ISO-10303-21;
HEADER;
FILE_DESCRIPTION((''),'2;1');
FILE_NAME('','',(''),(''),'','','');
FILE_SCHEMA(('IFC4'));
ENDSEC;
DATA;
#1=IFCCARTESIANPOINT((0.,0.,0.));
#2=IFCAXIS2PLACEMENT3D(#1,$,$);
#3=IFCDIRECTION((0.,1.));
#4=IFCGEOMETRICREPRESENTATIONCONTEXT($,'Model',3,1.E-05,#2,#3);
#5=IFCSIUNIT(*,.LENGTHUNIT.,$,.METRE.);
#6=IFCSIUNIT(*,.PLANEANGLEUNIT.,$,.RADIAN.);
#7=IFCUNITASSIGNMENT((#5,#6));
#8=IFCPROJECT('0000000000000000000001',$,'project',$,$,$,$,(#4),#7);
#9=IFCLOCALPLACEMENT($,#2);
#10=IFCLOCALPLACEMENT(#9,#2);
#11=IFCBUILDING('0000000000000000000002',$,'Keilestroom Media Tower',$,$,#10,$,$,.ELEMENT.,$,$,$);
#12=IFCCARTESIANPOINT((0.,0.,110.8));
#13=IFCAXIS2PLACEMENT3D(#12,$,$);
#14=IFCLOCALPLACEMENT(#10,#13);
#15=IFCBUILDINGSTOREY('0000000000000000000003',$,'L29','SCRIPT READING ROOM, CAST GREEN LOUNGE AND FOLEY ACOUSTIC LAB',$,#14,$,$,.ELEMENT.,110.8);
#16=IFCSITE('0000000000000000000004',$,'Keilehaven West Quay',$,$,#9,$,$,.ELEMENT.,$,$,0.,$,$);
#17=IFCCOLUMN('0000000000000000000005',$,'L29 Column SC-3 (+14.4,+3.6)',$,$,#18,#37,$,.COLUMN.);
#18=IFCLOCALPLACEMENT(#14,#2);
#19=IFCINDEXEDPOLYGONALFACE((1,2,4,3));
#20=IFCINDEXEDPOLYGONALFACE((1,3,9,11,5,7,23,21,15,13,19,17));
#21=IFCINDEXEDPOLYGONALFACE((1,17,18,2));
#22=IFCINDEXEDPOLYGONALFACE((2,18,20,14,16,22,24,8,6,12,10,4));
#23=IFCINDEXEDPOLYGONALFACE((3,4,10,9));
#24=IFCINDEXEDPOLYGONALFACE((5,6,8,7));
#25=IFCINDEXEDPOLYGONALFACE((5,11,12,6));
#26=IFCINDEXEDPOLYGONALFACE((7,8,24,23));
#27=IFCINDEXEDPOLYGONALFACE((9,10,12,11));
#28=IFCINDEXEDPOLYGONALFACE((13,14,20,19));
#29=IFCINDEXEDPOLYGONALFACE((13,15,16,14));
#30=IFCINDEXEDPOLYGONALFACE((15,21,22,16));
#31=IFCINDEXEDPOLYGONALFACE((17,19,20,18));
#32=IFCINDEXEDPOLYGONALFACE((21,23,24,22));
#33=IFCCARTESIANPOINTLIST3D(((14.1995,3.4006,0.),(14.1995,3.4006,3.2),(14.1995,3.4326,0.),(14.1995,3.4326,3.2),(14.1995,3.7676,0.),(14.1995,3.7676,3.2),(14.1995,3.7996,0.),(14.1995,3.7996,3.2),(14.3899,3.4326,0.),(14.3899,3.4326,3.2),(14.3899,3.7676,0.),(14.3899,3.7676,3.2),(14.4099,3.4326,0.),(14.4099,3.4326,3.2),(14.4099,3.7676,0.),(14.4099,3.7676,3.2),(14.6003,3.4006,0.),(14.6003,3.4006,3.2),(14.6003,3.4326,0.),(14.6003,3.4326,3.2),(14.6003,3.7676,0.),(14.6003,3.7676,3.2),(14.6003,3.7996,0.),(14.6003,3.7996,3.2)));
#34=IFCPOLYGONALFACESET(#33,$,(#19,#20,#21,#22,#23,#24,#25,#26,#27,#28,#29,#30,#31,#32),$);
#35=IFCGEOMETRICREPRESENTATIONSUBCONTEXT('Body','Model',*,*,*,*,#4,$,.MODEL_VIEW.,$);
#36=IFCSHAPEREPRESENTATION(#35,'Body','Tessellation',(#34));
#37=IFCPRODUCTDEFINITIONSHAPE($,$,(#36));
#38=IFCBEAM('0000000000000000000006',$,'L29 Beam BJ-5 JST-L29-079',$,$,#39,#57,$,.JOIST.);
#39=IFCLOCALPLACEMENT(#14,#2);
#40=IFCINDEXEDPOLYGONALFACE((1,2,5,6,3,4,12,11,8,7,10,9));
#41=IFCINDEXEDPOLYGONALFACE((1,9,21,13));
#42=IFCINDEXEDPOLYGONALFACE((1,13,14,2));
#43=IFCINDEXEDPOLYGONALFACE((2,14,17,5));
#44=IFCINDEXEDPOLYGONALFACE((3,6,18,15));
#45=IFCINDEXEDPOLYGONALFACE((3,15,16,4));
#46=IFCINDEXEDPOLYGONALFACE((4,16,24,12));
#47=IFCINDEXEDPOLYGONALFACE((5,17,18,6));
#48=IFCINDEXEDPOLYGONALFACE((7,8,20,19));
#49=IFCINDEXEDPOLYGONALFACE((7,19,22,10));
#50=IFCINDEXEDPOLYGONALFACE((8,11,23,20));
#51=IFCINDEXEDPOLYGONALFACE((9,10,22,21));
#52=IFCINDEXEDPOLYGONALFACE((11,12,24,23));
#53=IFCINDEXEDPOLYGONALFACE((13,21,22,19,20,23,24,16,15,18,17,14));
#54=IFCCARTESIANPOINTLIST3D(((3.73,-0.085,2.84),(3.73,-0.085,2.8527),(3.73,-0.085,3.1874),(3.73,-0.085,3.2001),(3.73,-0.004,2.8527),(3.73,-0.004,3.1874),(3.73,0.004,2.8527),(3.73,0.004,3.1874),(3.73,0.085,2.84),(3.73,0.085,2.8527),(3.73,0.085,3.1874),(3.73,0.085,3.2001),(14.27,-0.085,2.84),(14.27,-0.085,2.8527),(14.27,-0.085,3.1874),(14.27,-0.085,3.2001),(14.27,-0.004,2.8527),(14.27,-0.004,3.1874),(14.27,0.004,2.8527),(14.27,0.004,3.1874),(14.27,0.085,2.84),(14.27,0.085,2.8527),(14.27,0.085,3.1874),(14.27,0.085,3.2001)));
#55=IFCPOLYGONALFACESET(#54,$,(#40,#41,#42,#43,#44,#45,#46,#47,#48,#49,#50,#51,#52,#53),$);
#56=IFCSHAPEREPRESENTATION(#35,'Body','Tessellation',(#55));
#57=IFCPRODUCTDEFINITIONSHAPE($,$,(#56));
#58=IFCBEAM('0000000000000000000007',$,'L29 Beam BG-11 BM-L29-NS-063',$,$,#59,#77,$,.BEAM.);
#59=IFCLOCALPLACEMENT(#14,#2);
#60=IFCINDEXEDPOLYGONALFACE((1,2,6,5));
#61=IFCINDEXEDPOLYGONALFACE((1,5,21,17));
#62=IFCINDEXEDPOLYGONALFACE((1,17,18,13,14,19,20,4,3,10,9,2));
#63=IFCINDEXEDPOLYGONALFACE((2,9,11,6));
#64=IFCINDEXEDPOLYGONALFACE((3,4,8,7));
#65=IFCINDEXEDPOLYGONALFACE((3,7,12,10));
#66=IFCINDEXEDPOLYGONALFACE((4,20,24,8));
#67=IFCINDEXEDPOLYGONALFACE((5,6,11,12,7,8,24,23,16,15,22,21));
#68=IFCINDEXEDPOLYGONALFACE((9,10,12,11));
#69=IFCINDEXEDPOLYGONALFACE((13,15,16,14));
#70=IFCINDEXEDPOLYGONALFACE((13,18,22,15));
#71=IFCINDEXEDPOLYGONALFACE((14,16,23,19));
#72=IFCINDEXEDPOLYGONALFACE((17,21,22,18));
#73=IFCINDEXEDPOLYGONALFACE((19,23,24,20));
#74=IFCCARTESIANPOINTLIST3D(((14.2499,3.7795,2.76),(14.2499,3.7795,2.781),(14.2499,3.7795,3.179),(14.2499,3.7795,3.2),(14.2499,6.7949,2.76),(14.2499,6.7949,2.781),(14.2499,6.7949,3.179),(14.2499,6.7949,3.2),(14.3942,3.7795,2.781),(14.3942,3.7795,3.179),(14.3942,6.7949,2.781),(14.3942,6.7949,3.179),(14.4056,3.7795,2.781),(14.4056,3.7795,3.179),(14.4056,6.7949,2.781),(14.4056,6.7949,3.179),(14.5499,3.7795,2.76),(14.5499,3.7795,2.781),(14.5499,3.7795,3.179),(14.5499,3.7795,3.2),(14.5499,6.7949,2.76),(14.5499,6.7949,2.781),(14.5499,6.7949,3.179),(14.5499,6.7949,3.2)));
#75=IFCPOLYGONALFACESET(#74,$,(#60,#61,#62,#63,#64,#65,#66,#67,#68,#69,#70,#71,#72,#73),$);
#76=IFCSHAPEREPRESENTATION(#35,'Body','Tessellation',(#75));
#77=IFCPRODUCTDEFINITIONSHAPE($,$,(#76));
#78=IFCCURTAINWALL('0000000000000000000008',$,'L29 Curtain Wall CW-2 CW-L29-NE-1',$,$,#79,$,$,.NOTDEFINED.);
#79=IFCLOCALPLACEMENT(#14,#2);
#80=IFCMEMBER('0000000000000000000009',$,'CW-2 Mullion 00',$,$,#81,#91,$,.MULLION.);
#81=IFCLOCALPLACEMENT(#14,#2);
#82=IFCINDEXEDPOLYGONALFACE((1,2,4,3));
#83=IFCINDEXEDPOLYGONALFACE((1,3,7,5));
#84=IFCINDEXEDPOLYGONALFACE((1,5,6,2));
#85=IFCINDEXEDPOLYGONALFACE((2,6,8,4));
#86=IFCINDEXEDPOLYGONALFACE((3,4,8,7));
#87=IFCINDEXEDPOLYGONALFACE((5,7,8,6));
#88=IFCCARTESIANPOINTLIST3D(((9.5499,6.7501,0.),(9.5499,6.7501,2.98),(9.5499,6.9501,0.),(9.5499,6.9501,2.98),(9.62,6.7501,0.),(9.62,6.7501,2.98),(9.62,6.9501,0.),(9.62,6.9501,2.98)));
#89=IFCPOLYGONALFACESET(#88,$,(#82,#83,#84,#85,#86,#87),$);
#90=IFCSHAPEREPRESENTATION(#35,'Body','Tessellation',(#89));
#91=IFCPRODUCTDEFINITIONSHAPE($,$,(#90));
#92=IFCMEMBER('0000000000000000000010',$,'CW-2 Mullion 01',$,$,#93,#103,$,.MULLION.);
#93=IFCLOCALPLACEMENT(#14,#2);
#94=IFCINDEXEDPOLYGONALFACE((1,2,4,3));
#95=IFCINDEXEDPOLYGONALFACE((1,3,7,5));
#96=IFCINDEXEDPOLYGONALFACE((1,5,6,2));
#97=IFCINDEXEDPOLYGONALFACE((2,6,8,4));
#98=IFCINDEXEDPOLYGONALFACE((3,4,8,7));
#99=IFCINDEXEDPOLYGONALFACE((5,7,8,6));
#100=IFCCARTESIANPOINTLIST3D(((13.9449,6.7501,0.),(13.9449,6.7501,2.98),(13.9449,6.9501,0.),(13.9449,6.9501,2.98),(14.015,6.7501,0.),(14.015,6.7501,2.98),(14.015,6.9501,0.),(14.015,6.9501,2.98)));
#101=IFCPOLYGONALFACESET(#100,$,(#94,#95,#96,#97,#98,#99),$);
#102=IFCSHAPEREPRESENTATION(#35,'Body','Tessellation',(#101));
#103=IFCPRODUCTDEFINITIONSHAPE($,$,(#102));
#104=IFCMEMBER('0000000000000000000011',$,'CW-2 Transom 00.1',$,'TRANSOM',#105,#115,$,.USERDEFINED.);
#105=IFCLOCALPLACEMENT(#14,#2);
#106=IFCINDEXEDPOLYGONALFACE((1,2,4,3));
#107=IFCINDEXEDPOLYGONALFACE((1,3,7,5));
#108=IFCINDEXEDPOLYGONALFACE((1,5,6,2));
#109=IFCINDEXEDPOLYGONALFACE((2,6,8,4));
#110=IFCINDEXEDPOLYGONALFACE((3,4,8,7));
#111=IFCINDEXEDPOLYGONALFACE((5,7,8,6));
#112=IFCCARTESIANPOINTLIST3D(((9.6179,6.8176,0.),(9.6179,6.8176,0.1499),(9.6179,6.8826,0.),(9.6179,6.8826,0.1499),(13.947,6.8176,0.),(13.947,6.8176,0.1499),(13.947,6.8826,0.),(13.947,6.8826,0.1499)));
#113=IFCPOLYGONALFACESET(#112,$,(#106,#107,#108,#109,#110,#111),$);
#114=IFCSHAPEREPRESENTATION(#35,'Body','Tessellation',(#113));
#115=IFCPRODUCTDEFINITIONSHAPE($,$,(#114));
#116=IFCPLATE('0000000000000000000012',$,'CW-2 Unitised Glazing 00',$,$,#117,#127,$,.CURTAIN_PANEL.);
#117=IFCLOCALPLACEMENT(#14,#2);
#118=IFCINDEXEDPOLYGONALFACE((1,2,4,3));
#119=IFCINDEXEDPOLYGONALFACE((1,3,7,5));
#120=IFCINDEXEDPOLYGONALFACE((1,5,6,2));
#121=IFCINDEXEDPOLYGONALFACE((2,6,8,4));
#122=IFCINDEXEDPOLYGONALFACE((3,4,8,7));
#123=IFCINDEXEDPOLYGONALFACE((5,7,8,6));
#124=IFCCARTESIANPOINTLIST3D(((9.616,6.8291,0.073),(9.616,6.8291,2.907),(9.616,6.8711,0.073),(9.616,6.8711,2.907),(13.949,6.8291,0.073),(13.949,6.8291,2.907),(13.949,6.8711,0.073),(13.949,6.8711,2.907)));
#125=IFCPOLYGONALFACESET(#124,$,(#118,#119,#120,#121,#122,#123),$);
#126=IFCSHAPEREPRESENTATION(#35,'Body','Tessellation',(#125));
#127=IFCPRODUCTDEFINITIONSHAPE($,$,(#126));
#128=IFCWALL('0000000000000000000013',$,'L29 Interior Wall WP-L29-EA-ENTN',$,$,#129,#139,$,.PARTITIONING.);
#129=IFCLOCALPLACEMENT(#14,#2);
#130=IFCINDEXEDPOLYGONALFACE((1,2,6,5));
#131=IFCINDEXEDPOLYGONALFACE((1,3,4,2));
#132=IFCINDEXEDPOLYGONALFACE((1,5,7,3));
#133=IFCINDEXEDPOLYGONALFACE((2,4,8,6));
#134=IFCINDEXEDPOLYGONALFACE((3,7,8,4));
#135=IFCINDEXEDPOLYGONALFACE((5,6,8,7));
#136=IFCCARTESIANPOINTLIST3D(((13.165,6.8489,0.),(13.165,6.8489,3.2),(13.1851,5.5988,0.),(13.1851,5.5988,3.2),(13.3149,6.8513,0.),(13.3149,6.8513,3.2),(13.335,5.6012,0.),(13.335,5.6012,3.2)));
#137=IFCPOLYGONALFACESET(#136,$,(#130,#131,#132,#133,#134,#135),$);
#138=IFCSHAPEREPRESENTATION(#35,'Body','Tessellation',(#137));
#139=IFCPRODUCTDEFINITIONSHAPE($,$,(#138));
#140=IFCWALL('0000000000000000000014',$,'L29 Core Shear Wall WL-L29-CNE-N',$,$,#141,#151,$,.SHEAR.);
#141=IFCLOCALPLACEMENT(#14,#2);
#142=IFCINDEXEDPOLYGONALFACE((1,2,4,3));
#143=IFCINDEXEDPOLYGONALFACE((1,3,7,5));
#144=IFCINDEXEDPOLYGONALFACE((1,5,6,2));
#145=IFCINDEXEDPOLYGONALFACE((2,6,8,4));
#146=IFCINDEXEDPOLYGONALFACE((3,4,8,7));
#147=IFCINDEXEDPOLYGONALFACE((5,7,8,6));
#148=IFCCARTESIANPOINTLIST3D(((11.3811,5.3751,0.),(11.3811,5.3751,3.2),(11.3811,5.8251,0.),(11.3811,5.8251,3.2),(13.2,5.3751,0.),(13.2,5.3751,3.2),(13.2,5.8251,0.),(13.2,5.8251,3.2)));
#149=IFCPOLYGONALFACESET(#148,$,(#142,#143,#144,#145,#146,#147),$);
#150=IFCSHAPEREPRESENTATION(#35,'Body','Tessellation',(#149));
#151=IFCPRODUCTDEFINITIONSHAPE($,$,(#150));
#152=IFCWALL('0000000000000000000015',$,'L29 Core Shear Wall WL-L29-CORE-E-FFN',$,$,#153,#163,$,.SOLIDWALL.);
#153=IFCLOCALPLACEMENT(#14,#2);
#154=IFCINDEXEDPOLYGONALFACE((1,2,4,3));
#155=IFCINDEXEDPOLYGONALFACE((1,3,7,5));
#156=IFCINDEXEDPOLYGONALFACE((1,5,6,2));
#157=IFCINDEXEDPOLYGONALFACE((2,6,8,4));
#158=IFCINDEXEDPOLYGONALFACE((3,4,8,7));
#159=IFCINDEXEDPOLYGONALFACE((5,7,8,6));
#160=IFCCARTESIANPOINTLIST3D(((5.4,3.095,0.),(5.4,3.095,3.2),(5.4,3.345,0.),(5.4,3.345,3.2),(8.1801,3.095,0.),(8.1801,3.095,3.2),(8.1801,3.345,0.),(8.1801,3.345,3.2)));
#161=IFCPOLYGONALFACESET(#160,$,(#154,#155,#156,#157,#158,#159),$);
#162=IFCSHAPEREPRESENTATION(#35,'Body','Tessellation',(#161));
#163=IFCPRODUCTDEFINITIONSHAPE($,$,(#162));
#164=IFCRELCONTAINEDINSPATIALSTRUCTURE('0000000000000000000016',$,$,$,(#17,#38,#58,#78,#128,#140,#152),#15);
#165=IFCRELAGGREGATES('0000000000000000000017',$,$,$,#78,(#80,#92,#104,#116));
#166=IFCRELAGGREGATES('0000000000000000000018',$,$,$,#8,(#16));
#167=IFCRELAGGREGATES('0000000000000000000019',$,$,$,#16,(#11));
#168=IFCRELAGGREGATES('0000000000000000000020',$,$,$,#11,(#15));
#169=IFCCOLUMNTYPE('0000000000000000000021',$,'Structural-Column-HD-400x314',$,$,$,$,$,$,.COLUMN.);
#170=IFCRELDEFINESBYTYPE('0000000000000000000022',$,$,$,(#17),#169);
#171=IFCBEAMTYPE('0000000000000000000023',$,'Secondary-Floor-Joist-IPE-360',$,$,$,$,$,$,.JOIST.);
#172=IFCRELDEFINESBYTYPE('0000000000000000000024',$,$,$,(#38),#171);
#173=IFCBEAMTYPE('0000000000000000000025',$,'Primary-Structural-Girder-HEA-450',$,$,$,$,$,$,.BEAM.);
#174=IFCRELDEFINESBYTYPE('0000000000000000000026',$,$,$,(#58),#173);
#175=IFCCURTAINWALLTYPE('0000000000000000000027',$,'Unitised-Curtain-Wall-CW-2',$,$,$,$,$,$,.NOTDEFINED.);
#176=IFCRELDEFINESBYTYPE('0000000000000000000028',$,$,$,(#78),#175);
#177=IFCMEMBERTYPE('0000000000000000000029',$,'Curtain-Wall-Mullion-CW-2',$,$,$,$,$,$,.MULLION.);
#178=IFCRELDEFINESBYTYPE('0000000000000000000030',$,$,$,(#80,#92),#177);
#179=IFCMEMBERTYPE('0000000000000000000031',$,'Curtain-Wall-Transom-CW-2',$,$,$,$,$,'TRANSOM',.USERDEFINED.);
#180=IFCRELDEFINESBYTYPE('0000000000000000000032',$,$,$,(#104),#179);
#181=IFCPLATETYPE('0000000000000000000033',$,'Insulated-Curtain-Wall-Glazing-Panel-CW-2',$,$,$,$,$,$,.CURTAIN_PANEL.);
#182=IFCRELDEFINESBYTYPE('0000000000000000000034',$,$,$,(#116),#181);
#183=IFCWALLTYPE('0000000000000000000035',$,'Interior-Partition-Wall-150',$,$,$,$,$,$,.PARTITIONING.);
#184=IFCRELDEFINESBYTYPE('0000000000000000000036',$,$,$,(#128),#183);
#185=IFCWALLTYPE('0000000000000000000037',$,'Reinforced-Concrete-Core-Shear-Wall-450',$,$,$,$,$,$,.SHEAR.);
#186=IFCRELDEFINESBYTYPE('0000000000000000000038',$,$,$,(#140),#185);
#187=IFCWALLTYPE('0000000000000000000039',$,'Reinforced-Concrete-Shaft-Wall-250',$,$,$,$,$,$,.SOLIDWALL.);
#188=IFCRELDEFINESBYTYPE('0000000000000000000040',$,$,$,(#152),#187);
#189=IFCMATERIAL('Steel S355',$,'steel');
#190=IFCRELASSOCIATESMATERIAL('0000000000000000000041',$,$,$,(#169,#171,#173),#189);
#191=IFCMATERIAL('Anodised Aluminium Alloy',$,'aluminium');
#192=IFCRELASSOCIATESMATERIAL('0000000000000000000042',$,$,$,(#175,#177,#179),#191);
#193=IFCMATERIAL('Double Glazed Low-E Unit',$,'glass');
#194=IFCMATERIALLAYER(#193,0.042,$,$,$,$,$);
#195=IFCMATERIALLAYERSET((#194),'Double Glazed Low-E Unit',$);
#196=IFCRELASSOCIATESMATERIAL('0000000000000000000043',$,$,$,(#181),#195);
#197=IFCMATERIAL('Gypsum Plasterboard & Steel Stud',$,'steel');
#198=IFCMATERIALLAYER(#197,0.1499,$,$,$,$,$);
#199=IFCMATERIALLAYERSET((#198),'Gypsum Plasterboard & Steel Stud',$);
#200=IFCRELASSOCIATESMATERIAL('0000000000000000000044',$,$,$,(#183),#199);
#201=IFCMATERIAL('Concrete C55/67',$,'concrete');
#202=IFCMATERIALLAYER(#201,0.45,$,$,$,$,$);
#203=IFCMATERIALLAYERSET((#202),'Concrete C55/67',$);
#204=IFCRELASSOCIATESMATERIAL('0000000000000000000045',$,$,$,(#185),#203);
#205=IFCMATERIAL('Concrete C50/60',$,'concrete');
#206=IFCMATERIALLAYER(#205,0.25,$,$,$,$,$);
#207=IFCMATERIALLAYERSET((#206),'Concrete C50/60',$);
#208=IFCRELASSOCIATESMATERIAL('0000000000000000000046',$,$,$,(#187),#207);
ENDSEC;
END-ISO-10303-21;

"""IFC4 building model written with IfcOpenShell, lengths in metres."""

from ifc_helpers import new_model, si_unit, direction, frame, frame_2d, origin, origin_2d, place, context, subcontext, project, spatial, rectangle, i_section, extrude, source, transform, mapped, material, layer, layer_set, material_profile, profile_set, type_object, element, aggregate, save


model = new_model("IFC4")

# Units and contexts
model_context = context("Model", 3, precision=1e-05, world=origin(), true_north=direction((0.0, 1.0)))
body_context = subcontext(model_context, "Body", "Model", "MODEL_VIEW")
ifc_project = project(units=[si_unit("LENGTHUNIT", "METRE"), si_unit("PLANEANGLEUNIT", "RADIAN")], contexts=[model_context])

# Site, building, storey
site_placement = place(None, origin())
site = spatial("IfcSite", under=ifc_project, at=site_placement, Name="Keilehaven West Quay", CompositionType="ELEMENT", RefElevation=0.0)
building_placement = place(site_placement, origin())
building = spatial("IfcBuilding", under=site, at=building_placement, Name="Keilestroom Media Tower", CompositionType="ELEMENT")
storey_placement = place(building_placement, frame((0.0, 0.0, 110.8)))
storey = spatial("IfcBuildingStorey", under=building, at=storey_placement, Name="L29", Description="SCRIPT READING ROOM, CAST GREEN LOUNGE AND FOLEY ACOUSTIC LAB", CompositionType="ELEMENT", Elevation=110.8)

# Column
ifc_material_1 = material(Name="Steel S355", Category="steel")
ifc_material_profile_1 = material_profile(ifc_material_1, i_section(OverallWidth=0.4009, OverallDepth=0.3989, WebThickness=0.02, FlangeThickness=0.032, at=origin_2d()), Name="HD 400x314")
ifc_profile_set_1 = profile_set([ifc_material_profile_1], Name="Steel S355")
column_type = type_object("IfcColumnType", Name="Structural-Column-HD-400x314", PredefinedType="COLUMN", material=ifc_profile_set_1)
shared_shape_1 = source(origin(), body_context, "Body", "SweptSolid", [
    extrude(i_section(OverallWidth=0.4009, OverallDepth=0.3989, WebThickness=0.02, FlangeThickness=0.032, at=origin_2d()), origin(), (0.0, 0.0, 1.0), 3.2),
])
column_placement = place(storey_placement, frame((14.3999, 3.6001, 0.0), z_axis=(0.0, 0.0, 1.0), x_axis=(1.0, 0.0, 0.0)))
element("IfcColumn", 1, at=column_placement, inside=storey, type_object=column_type, Name="L29 Column SC-3 (+14.4,+3.6)", PredefinedType="COLUMN", context=body_context, shape_type="MappedRepresentation", body=[
    mapped(shared_shape_1, transform((0.0, 0.0, 0.0), x_axis=(1.0, 0.0, 0.0), y_axis=(0.0, 1.0, 0.0), z_axis=(0.0, 0.0, 1.0), scale=1.0)),
])

# Beams
ifc_material_profile_2 = material_profile(ifc_material_1, i_section(OverallWidth=0.1699, OverallDepth=0.3601, WebThickness=0.0081, FlangeThickness=0.0127, at=origin_2d()), Name="IPE 360")
ifc_profile_set_2 = profile_set([ifc_material_profile_2], Name="Steel S355")
beam_type_1 = type_object("IfcBeamType", Name="Secondary-Floor-Joist-IPE-360", PredefinedType="JOIST", material=ifc_profile_set_2)
shared_shape_2 = source(origin(), body_context, "Body", "SweptSolid", [
    extrude(i_section(OverallWidth=0.1699, OverallDepth=0.3601, WebThickness=0.0081, FlangeThickness=0.0127, at=origin_2d()), origin(), (0.0, 0.0, 1.0), 10.54),
])
beam_1_placement = place(storey_placement, frame((3.73, 0.0, 3.02), z_axis=(1.0, 0.0, 0.0), x_axis=(0.0, 1.0, 0.0)))
element("IfcBeam", 2, at=beam_1_placement, inside=storey, type_object=beam_type_1, Name="L29 Beam BJ-5 JST-L29-079", PredefinedType="JOIST", context=body_context, shape_type="MappedRepresentation", body=[
    mapped(shared_shape_2, transform((0.0, 0.0, 0.0), x_axis=(1.0, 0.0, 0.0), y_axis=(0.0, 1.0, 0.0), z_axis=(0.0, 0.0, 1.0), scale=1.0)),
])
ifc_material_profile_3 = material_profile(ifc_material_1, i_section(OverallWidth=0.3, OverallDepth=0.4399, WebThickness=0.0115, FlangeThickness=0.021, at=origin_2d()), Name="HEA 450")
ifc_profile_set_3 = profile_set([ifc_material_profile_3], Name="Steel S355")
beam_type_2 = type_object("IfcBeamType", Name="Primary-Structural-Girder-HEA-450", PredefinedType="BEAM", material=ifc_profile_set_3)
shared_shape_3 = source(origin(), body_context, "Body", "SweptSolid", [
    extrude(i_section(OverallWidth=0.3, OverallDepth=0.4399, WebThickness=0.0115, FlangeThickness=0.021, at=origin_2d()), origin(), (0.0, 0.0, 1.0), 3.0154),
])
beam_2_placement = place(storey_placement, frame((14.3999, 3.7795, 2.98), z_axis=(0.0, 1.0, 0.0), x_axis=(-1.0, 0.0, 0.0)))
element("IfcBeam", 3, at=beam_2_placement, inside=storey, type_object=beam_type_2, Name="L29 Beam BG-11 BM-L29-NS-063", PredefinedType="BEAM", context=body_context, shape_type="MappedRepresentation", body=[
    mapped(shared_shape_3, transform((0.0, 0.0, 0.0), x_axis=(1.0, 0.0, 0.0), y_axis=(0.0, 1.0, 0.0), z_axis=(0.0, 0.0, 1.0), scale=1.0)),
])

# Curtain wall, members, plate
ifc_material_2 = material(Name="Anodised Aluminium Alloy", Category="aluminium")
curtain_wall_type = type_object("IfcCurtainWallType", Name="Unitised-Curtain-Wall-CW-2", PredefinedType="NOTDEFINED", material=ifc_material_2)
curtain_wall_placement = place(storey_placement, origin())
curtain_wall = element("IfcCurtainWall", 4, at=curtain_wall_placement, inside=storey, type_object=curtain_wall_type, Name="L29 Curtain Wall CW-2 CW-L29-NE-1", PredefinedType="NOTDEFINED")
ifc_material_profile_4 = material_profile(ifc_material_2, rectangle(XDim=0.0701, YDim=0.2, at=origin_2d()), Name="ALU MULLION 70x200")
ifc_profile_set_4 = profile_set([ifc_material_profile_4], Name="Anodised Aluminium Alloy")
member_type_1 = type_object("IfcMemberType", Name="Curtain-Wall-Mullion-CW-2", PredefinedType="MULLION", material=ifc_profile_set_4)
shared_shape_4 = source(origin(), body_context, "Body", "SweptSolid", [
    extrude(rectangle(XDim=0.0701, YDim=0.2, at=origin_2d()), origin(), (0.0, 0.0, 1.0), 2.98),
])
member_1_placement = place(storey_placement, frame((9.585, 6.8501, 0.0), z_axis=(0.0, 0.0, 1.0), x_axis=(1.0, 0.0, 0.0)))
member_1 = element("IfcMember", 5, at=member_1_placement, type_object=member_type_1, Name="CW-2 Mullion 00", PredefinedType="MULLION", context=body_context, shape_type="MappedRepresentation", body=[
    mapped(shared_shape_4, transform((0.0, 0.0, 0.0), x_axis=(1.0, 0.0, 0.0), y_axis=(0.0, 1.0, 0.0), z_axis=(0.0, 0.0, 1.0), scale=1.0)),
])
member_2_placement = place(storey_placement, frame((13.98, 6.8501, 0.0), z_axis=(0.0, 0.0, 1.0), x_axis=(1.0, 0.0, 0.0)))
member_2 = element("IfcMember", 6, at=member_2_placement, type_object=member_type_1, Name="CW-2 Mullion 01", PredefinedType="MULLION", context=body_context, shape_type="MappedRepresentation", body=[
    mapped(shared_shape_4, transform((0.0, 0.0, 0.0), x_axis=(1.0, 0.0, 0.0), y_axis=(0.0, 1.0, 0.0), z_axis=(0.0, 0.0, 1.0), scale=1.0)),
])
ifc_material_profile_5 = material_profile(ifc_material_2, rectangle(XDim=0.0649, YDim=0.1499, at=origin_2d()), Name="ALU TRANSOM 65x150")
ifc_profile_set_5 = profile_set([ifc_material_profile_5], Name="Anodised Aluminium Alloy")
member_type_2 = type_object("IfcMemberType", Name="Curtain-Wall-Transom-CW-2", ElementType="TRANSOM", PredefinedType="USERDEFINED", material=ifc_profile_set_5)
shared_shape_5 = source(origin(), body_context, "Body", "SweptSolid", [
    extrude(rectangle(XDim=0.0649, YDim=0.1499, at=origin_2d()), origin(), (0.0, 0.0, 1.0), 4.3291),
])
member_3_placement = place(storey_placement, frame((9.6179, 6.8501, 0.075), z_axis=(1.0, 0.0, 0.0), x_axis=(0.0, 1.0, 0.0)))
member_3 = element("IfcMember", 7, at=member_3_placement, type_object=member_type_2, Name="CW-2 Transom 00.1", ObjectType="TRANSOM", PredefinedType="USERDEFINED", context=body_context, shape_type="MappedRepresentation", body=[
    mapped(shared_shape_5, transform((0.0, 0.0, 0.0), x_axis=(1.0, 0.0, 0.0), y_axis=(0.0, 1.0, 0.0), z_axis=(0.0, 0.0, 1.0), scale=1.0)),
])
ifc_material_3 = material(Name="Double Glazed Low-E Unit", Category="glass")
ifc_layer_1 = layer(ifc_material_3, 0.042)
ifc_layer_set_1 = layer_set([ifc_layer_1], Name="Double Glazed Low-E Unit")
plate_type = type_object("IfcPlateType", Name="Insulated-Curtain-Wall-Glazing-Panel-CW-2", PredefinedType="CURTAIN_PANEL", material=ifc_layer_set_1)
shared_shape_6 = source(origin(), body_context, "Body", "SweptSolid", [
    extrude(rectangle(XDim=4.333, YDim=0.042, at=origin_2d()), origin(), (0.0, 0.0, 1.0), 2.834),
])
plate_placement = place(storey_placement, frame((11.7825, 6.8501, 0.073), z_axis=(0.0, 0.0, 1.0), x_axis=(1.0, 0.0, 0.0)))
plate = element("IfcPlate", 8, at=plate_placement, type_object=plate_type, Name="CW-2 Unitised Glazing 00", PredefinedType="CURTAIN_PANEL", context=body_context, shape_type="MappedRepresentation", body=[
    mapped(shared_shape_6, transform((0.0, 0.0, 0.0), x_axis=(1.0, 0.0, 0.0), y_axis=(0.0, 1.0, 0.0), z_axis=(0.0, 0.0, 1.0), scale=1.0)),
])
aggregate(curtain_wall, [member_1, member_2, member_3, plate])

# Walls
ifc_material_4 = material(Name="Gypsum Plasterboard & Steel Stud", Category="steel")
ifc_layer_2 = layer(ifc_material_4, 0.1499)
ifc_layer_set_2 = layer_set([ifc_layer_2], Name="Gypsum Plasterboard & Steel Stud")
wall_type_1 = type_object("IfcWallType", Name="Interior-Partition-Wall-150", PredefinedType="PARTITIONING", material=ifc_layer_set_2)
wall_1_placement = place(storey_placement, frame((13.26, 5.6001, 0.0), z_axis=(0.0, 0.0, 1.0), x_axis=(-0.016014, 0.999872, 0.0)))
element("IfcWall", 9, at=wall_1_placement, inside=storey, type_object=wall_type_1, Name="L29 Interior Wall WP-L29-EA-ENTN", PredefinedType="PARTITIONING", context=body_context, shape_type="SweptSolid", body=[
    extrude(rectangle(XDim=1.2502, YDim=0.1499, at=frame_2d((0.625, 0.0))), origin(), (0.0, 0.0, 1.0), 3.2),
])
ifc_material_5 = material(Name="Concrete C55/67", Category="concrete")
ifc_layer_3 = layer(ifc_material_5, 0.45)
ifc_layer_set_3 = layer_set([ifc_layer_3], Name="Concrete C55/67")
wall_type_2 = type_object("IfcWallType", Name="Reinforced-Concrete-Core-Shear-Wall-450", PredefinedType="SHEAR", material=ifc_layer_set_3)
wall_2_placement = place(storey_placement, frame((11.3811, 5.6001, 0.0), z_axis=(0.0, 0.0, 1.0), x_axis=(1.0, 0.0, 0.0)))
element("IfcWall", 10, at=wall_2_placement, inside=storey, type_object=wall_type_2, Name="L29 Core Shear Wall WL-L29-CNE-N", PredefinedType="SHEAR", context=body_context, shape_type="SweptSolid", body=[
    extrude(rectangle(XDim=1.8188, YDim=0.45, at=frame_2d((0.9094, 0.0))), origin(), (0.0, 0.0, 1.0), 3.2),
])
ifc_material_6 = material(Name="Concrete C50/60", Category="concrete")
ifc_layer_4 = layer(ifc_material_6, 0.25)
ifc_layer_set_4 = layer_set([ifc_layer_4], Name="Concrete C50/60")
wall_type_3 = type_object("IfcWallType", Name="Reinforced-Concrete-Shaft-Wall-250", PredefinedType="SOLIDWALL", material=ifc_layer_set_4)
wall_3_placement = place(storey_placement, frame((5.3999, 3.22, 0.0), z_axis=(0.0, 0.0, 1.0), x_axis=(1.0, 0.0, 0.0)))
element("IfcWall", 11, at=wall_3_placement, inside=storey, type_object=wall_type_3, Name="L29 Core Shear Wall WL-L29-CORE-E-FFN", PredefinedType="SOLIDWALL", context=body_context, shape_type="SweptSolid", body=[
    extrude(rectangle(XDim=2.78, YDim=0.25, at=frame_2d((1.3901, 0.0))), origin(), (0.0, 0.0, 1.0), 3.2),
])

save(model, "model.ifc")
